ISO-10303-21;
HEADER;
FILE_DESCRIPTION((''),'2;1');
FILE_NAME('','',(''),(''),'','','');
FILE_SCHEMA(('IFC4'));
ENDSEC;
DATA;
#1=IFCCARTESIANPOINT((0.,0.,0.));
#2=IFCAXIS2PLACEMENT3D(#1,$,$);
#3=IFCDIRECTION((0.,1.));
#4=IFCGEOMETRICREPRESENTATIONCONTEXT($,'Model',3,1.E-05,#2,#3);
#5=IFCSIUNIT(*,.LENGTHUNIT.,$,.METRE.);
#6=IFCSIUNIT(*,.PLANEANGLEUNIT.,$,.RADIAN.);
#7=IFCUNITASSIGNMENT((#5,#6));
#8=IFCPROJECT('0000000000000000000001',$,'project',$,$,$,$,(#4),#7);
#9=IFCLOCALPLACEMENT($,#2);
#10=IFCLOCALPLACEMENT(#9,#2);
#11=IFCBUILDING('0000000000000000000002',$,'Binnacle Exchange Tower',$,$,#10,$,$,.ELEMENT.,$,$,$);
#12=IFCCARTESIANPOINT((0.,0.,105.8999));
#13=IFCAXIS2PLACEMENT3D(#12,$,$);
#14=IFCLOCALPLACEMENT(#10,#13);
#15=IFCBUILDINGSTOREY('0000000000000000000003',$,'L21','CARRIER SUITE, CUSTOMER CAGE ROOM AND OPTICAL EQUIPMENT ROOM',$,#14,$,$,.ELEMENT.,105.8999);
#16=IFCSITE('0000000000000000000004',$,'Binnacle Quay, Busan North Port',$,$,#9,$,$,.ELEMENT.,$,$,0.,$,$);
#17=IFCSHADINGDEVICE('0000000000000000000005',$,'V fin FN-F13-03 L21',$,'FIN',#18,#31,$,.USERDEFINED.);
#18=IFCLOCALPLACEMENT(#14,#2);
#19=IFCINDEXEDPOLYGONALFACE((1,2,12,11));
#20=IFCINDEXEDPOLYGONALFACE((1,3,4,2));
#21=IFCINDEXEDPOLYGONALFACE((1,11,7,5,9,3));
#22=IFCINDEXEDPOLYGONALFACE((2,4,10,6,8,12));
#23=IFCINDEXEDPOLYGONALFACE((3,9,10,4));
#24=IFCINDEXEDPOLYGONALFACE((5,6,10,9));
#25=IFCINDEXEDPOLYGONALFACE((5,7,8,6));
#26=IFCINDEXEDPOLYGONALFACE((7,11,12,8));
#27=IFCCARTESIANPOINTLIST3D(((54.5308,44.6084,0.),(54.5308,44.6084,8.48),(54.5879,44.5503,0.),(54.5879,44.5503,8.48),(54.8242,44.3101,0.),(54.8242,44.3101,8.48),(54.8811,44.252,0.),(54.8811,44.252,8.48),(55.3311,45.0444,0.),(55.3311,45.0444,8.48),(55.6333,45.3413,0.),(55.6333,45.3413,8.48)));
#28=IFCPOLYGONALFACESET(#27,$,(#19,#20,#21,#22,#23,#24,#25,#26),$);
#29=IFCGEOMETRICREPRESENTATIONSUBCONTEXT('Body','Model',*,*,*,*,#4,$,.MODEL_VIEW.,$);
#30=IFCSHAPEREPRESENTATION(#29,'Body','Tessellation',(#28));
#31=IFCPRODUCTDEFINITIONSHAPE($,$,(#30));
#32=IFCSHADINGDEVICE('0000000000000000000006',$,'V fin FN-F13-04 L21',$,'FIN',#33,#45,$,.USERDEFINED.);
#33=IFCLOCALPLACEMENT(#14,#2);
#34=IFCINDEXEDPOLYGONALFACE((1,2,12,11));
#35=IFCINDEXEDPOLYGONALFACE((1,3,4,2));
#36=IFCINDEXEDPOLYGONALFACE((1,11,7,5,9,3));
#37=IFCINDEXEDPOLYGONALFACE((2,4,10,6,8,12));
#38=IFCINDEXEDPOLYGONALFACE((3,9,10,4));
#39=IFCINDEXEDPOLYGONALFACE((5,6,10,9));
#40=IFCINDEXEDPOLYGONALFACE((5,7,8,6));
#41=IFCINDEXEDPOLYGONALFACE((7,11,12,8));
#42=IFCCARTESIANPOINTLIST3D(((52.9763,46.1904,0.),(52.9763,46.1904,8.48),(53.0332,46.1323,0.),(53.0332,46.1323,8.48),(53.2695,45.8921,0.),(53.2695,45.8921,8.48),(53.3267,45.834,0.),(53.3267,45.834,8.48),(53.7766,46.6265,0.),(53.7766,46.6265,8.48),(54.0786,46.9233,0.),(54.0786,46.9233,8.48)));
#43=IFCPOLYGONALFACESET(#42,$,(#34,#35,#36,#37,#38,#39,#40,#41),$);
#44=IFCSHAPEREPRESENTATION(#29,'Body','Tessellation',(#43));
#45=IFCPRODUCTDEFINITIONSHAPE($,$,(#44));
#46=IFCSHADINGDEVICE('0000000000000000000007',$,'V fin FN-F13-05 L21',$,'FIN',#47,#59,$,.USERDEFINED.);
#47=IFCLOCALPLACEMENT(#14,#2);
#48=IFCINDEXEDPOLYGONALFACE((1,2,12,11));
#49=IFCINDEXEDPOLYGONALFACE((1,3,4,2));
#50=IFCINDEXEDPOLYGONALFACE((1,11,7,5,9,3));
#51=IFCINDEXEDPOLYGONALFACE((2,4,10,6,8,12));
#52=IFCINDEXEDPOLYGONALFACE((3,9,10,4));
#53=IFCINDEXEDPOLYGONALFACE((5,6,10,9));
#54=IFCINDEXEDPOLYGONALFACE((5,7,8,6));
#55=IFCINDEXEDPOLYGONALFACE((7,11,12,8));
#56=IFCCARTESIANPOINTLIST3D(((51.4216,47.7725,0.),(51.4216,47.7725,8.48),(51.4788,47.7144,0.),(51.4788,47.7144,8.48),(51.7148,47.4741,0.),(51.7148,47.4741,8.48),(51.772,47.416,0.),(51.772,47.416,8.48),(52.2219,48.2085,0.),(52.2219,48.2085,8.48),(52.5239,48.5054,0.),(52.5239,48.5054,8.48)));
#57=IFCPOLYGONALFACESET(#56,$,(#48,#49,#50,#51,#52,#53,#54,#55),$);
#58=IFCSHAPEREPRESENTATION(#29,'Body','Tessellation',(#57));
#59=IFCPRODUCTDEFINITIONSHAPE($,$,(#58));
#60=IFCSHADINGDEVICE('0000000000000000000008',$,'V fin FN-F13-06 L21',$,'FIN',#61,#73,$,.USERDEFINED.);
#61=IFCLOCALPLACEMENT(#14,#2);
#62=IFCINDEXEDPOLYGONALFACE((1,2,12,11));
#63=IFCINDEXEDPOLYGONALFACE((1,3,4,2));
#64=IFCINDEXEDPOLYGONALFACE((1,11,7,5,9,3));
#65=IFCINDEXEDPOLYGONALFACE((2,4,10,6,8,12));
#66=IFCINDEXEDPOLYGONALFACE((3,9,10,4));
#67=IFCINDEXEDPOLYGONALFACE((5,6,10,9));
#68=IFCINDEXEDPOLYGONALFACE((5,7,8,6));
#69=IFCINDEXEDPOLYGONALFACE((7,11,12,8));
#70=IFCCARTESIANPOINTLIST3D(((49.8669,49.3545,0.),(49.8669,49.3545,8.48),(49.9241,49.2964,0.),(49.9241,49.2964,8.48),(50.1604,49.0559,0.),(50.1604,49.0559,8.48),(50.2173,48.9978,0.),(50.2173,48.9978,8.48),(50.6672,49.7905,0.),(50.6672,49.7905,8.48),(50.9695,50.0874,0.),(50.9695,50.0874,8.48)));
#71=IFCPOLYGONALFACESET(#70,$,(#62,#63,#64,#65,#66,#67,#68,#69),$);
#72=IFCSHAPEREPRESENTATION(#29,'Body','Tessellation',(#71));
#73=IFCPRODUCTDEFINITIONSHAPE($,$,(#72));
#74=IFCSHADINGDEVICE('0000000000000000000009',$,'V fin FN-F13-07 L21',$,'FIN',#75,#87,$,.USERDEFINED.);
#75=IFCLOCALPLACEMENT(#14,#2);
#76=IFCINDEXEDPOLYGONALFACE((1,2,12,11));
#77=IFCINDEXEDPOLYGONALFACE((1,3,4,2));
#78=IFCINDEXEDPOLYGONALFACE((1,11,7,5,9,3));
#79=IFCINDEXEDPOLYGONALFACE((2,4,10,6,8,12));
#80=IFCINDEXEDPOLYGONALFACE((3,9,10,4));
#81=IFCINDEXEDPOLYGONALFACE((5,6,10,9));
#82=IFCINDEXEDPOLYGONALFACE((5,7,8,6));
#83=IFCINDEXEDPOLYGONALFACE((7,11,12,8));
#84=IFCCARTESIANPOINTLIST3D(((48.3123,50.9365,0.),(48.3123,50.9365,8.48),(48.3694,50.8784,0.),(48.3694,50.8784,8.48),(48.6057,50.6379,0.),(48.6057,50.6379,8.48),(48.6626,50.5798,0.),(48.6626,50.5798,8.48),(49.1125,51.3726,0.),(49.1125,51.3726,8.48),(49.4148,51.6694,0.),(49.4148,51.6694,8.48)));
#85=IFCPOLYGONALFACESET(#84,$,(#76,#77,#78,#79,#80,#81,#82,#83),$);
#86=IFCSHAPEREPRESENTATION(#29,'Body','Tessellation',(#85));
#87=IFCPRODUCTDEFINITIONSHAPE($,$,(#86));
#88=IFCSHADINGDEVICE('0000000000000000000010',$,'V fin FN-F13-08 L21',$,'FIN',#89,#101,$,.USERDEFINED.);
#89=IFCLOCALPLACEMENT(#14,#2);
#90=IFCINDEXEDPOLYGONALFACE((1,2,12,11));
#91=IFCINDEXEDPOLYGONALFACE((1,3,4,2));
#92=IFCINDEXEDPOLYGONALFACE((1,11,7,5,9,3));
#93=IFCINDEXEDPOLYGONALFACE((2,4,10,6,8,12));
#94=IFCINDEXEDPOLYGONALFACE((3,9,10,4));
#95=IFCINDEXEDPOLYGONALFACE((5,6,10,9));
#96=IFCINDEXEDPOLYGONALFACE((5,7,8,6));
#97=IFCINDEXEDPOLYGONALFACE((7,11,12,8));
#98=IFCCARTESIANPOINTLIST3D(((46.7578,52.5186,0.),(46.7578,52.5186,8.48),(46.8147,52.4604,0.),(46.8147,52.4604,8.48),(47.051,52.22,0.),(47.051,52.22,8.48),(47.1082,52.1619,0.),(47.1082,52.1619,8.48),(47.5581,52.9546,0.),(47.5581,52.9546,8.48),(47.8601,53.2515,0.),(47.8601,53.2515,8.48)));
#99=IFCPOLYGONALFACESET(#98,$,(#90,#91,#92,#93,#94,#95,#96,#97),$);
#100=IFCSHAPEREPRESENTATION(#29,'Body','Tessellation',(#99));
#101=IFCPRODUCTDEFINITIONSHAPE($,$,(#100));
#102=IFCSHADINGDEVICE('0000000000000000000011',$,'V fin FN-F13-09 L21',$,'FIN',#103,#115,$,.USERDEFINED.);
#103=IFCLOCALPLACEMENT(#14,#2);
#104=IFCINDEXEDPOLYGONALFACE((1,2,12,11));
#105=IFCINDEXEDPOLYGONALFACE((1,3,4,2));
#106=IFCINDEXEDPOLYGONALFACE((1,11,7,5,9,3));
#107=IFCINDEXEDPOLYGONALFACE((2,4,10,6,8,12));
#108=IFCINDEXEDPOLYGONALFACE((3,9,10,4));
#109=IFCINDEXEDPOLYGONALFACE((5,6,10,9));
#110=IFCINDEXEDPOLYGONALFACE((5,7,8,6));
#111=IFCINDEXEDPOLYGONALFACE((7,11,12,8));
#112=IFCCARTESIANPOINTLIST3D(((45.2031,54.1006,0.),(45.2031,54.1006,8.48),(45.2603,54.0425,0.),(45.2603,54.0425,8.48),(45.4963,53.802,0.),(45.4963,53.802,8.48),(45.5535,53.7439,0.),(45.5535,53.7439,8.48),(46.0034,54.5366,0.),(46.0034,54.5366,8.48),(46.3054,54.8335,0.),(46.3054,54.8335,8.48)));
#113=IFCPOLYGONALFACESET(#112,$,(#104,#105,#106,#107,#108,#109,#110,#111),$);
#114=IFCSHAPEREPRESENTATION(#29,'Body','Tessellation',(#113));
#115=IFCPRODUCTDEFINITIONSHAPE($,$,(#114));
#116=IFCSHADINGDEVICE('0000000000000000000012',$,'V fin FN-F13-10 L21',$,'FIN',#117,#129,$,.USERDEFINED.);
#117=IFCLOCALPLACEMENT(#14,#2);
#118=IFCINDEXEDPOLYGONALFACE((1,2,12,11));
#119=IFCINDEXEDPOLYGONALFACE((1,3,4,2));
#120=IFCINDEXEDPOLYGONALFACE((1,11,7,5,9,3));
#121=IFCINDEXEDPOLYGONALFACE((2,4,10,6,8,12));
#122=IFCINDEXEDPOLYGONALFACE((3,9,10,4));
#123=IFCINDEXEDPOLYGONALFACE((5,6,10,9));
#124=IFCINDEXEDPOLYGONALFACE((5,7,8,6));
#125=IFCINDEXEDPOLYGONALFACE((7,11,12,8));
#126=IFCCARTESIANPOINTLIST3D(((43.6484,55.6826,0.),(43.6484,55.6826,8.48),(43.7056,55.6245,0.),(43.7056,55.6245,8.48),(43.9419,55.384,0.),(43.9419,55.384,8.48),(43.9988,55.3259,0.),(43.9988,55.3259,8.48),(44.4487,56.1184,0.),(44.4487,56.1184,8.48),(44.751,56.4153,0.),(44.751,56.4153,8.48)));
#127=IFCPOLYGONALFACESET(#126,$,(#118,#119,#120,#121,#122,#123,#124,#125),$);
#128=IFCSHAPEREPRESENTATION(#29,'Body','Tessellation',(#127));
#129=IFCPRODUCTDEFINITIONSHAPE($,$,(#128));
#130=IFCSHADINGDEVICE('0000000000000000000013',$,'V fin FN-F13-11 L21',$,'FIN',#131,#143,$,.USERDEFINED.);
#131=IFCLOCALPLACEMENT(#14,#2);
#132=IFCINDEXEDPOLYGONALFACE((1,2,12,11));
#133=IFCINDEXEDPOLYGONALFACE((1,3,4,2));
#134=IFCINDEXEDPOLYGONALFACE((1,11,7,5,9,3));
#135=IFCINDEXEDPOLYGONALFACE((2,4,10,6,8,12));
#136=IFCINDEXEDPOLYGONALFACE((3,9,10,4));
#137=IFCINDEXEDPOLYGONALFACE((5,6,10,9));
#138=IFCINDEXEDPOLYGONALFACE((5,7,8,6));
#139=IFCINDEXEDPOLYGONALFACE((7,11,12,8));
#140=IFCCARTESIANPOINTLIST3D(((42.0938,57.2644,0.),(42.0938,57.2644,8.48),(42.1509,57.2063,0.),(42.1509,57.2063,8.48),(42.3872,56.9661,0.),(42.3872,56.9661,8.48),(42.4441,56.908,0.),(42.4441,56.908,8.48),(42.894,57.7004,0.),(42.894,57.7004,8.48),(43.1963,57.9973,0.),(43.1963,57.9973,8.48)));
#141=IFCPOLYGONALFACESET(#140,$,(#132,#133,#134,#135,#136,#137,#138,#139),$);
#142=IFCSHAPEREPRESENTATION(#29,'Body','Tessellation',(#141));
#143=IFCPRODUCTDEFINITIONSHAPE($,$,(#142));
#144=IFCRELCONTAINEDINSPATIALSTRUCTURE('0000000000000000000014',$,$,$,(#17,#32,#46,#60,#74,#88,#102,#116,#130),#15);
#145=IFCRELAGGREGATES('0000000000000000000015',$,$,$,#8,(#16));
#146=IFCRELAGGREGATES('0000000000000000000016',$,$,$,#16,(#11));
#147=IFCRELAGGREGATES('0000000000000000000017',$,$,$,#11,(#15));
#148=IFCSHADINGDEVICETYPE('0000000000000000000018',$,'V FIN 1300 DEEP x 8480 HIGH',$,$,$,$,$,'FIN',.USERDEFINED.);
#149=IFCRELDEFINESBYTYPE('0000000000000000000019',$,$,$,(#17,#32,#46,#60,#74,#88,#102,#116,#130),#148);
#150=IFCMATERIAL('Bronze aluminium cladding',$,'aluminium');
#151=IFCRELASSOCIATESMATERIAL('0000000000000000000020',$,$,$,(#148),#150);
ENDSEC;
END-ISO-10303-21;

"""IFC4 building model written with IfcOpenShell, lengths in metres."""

from ifc_helpers import new_model, si_unit, direction, frame, origin, place, context, subcontext, project, spatial, polyline, outline, extrude, material, type_object, element, save


model = new_model("IFC4")

# Units and contexts
model_context = context("Model", 3, precision=1e-05, world=origin(), true_north=direction((0.0, 1.0)))
body_context = subcontext(model_context, "Body", "Model", "MODEL_VIEW")
ifc_project = project(units=[si_unit("LENGTHUNIT", "METRE"), si_unit("PLANEANGLEUNIT", "RADIAN")], contexts=[model_context])

# Site, building, storey
site_placement = place(None, origin())
site = spatial("IfcSite", under=ifc_project, at=site_placement, Name="Binnacle Quay, Busan North Port", CompositionType="ELEMENT", RefElevation=0.0)
building_placement = place(site_placement, origin())
building = spatial("IfcBuilding", under=site, at=building_placement, Name="Binnacle Exchange Tower", CompositionType="ELEMENT")
storey_placement = place(building_placement, frame((0.0, 0.0, 105.8999)))
storey = spatial("IfcBuildingStorey", under=building, at=storey_placement, Name="L21", Description="CARRIER SUITE, CUSTOMER CAGE ROOM AND OPTICAL EQUIPMENT ROOM", CompositionType="ELEMENT", Elevation=105.8999)

# Shading devices
ifc_material_1 = material(Name="Bronze aluminium cladding", Category="aluminium")
shading_device_type = type_object("IfcShadingDeviceType", Name="V FIN 1300 DEEP x 8480 HIGH", ElementType="FIN", PredefinedType="USERDEFINED", material=ifc_material_1)
shading_device_1_placement = place(storey_placement, origin())
element("IfcShadingDevice", 1, at=shading_device_1_placement, inside=storey, type_object=shading_device_type, Name="V fin FN-F13-03 L21", ObjectType="FIN", PredefinedType="USERDEFINED", context=body_context, shape_type="SweptSolid", body=[
    extrude(outline(polyline([(54.8811, 44.252), (55.6333, 45.3413), (54.5308, 44.6084), (54.5879, 44.5503), (55.3311, 45.0444), (54.8242, 44.3101), (54.8811, 44.252)])), origin(), (0.0, 0.0, 1.0), 8.48),
])
shading_device_2_placement = place(storey_placement, origin())
element("IfcShadingDevice", 2, at=shading_device_2_placement, inside=storey, type_object=shading_device_type, Name="V fin FN-F13-04 L21", ObjectType="FIN", PredefinedType="USERDEFINED", context=body_context, shape_type="SweptSolid", body=[
    extrude(outline(polyline([(53.3267, 45.834), (54.0786, 46.9233), (52.9763, 46.1904), (53.0332, 46.1323), (53.7766, 46.6265), (53.2695, 45.8921), (53.3267, 45.834)])), origin(), (0.0, 0.0, 1.0), 8.48),
])
shading_device_3_placement = place(storey_placement, origin())
element("IfcShadingDevice", 3, at=shading_device_3_placement, inside=storey, type_object=shading_device_type, Name="V fin FN-F13-05 L21", ObjectType="FIN", PredefinedType="USERDEFINED", context=body_context, shape_type="SweptSolid", body=[
    extrude(outline(polyline([(51.772, 47.416), (52.5239, 48.5054), (51.4216, 47.7725), (51.4788, 47.7144), (52.2219, 48.2085), (51.7148, 47.4741), (51.772, 47.416)])), origin(), (0.0, 0.0, 1.0), 8.48),
])
shading_device_4_placement = place(storey_placement, origin())
element("IfcShadingDevice", 4, at=shading_device_4_placement, inside=storey, type_object=shading_device_type, Name="V fin FN-F13-06 L21", ObjectType="FIN", PredefinedType="USERDEFINED", context=body_context, shape_type="SweptSolid", body=[
    extrude(outline(polyline([(50.2173, 48.9978), (50.9695, 50.0874), (49.8669, 49.3545), (49.9241, 49.2964), (50.6672, 49.7905), (50.1604, 49.0559), (50.2173, 48.9978)])), origin(), (0.0, 0.0, 1.0), 8.48),
])
shading_device_5_placement = place(storey_placement, origin())
element("IfcShadingDevice", 5, at=shading_device_5_placement, inside=storey, type_object=shading_device_type, Name="V fin FN-F13-07 L21", ObjectType="FIN", PredefinedType="USERDEFINED", context=body_context, shape_type="SweptSolid", body=[
    extrude(outline(polyline([(48.6626, 50.5798), (49.4148, 51.6694), (48.3123, 50.9365), (48.3694, 50.8784), (49.1125, 51.3726), (48.6057, 50.6379), (48.6626, 50.5798)])), origin(), (0.0, 0.0, 1.0), 8.48),
])
shading_device_6_placement = place(storey_placement, origin())
element("IfcShadingDevice", 6, at=shading_device_6_placement, inside=storey, type_object=shading_device_type, Name="V fin FN-F13-08 L21", ObjectType="FIN", PredefinedType="USERDEFINED", context=body_context, shape_type="SweptSolid", body=[
    extrude(outline(polyline([(47.1082, 52.1619), (47.8601, 53.2515), (46.7578, 52.5186), (46.8147, 52.4604), (47.5581, 52.9546), (47.051, 52.22), (47.1082, 52.1619)])), origin(), (0.0, 0.0, 1.0), 8.48),
])
shading_device_7_placement = place(storey_placement, origin())
element("IfcShadingDevice", 7, at=shading_device_7_placement, inside=storey, type_object=shading_device_type, Name="V fin FN-F13-09 L21", ObjectType="FIN", PredefinedType="USERDEFINED", context=body_context, shape_type="SweptSolid", body=[
    extrude(outline(polyline([(45.5535, 53.7439), (46.3054, 54.8335), (45.2031, 54.1006), (45.2603, 54.0425), (46.0034, 54.5366), (45.4963, 53.802), (45.5535, 53.7439)])), origin(), (0.0, 0.0, 1.0), 8.48),
])
shading_device_8_placement = place(storey_placement, origin())
element("IfcShadingDevice", 8, at=shading_device_8_placement, inside=storey, type_object=shading_device_type, Name="V fin FN-F13-10 L21", ObjectType="FIN", PredefinedType="USERDEFINED", context=body_context, shape_type="SweptSolid", body=[
    extrude(outline(polyline([(43.9988, 55.3259), (44.751, 56.4153), (43.6484, 55.6826), (43.7056, 55.6245), (44.4487, 56.1184), (43.9419, 55.384), (43.9988, 55.3259)])), origin(), (0.0, 0.0, 1.0), 8.48),
])
shading_device_9_placement = place(storey_placement, origin())
element("IfcShadingDevice", 9, at=shading_device_9_placement, inside=storey, type_object=shading_device_type, Name="V fin FN-F13-11 L21", ObjectType="FIN", PredefinedType="USERDEFINED", context=body_context, shape_type="SweptSolid", body=[
    extrude(outline(polyline([(42.4441, 56.908), (43.1963, 57.9973), (42.0938, 57.2644), (42.1509, 57.2063), (42.894, 57.7004), (42.3872, 56.9661), (42.4441, 56.908)])), origin(), (0.0, 0.0, 1.0), 8.48),
])

save(model, "model.ifc")
